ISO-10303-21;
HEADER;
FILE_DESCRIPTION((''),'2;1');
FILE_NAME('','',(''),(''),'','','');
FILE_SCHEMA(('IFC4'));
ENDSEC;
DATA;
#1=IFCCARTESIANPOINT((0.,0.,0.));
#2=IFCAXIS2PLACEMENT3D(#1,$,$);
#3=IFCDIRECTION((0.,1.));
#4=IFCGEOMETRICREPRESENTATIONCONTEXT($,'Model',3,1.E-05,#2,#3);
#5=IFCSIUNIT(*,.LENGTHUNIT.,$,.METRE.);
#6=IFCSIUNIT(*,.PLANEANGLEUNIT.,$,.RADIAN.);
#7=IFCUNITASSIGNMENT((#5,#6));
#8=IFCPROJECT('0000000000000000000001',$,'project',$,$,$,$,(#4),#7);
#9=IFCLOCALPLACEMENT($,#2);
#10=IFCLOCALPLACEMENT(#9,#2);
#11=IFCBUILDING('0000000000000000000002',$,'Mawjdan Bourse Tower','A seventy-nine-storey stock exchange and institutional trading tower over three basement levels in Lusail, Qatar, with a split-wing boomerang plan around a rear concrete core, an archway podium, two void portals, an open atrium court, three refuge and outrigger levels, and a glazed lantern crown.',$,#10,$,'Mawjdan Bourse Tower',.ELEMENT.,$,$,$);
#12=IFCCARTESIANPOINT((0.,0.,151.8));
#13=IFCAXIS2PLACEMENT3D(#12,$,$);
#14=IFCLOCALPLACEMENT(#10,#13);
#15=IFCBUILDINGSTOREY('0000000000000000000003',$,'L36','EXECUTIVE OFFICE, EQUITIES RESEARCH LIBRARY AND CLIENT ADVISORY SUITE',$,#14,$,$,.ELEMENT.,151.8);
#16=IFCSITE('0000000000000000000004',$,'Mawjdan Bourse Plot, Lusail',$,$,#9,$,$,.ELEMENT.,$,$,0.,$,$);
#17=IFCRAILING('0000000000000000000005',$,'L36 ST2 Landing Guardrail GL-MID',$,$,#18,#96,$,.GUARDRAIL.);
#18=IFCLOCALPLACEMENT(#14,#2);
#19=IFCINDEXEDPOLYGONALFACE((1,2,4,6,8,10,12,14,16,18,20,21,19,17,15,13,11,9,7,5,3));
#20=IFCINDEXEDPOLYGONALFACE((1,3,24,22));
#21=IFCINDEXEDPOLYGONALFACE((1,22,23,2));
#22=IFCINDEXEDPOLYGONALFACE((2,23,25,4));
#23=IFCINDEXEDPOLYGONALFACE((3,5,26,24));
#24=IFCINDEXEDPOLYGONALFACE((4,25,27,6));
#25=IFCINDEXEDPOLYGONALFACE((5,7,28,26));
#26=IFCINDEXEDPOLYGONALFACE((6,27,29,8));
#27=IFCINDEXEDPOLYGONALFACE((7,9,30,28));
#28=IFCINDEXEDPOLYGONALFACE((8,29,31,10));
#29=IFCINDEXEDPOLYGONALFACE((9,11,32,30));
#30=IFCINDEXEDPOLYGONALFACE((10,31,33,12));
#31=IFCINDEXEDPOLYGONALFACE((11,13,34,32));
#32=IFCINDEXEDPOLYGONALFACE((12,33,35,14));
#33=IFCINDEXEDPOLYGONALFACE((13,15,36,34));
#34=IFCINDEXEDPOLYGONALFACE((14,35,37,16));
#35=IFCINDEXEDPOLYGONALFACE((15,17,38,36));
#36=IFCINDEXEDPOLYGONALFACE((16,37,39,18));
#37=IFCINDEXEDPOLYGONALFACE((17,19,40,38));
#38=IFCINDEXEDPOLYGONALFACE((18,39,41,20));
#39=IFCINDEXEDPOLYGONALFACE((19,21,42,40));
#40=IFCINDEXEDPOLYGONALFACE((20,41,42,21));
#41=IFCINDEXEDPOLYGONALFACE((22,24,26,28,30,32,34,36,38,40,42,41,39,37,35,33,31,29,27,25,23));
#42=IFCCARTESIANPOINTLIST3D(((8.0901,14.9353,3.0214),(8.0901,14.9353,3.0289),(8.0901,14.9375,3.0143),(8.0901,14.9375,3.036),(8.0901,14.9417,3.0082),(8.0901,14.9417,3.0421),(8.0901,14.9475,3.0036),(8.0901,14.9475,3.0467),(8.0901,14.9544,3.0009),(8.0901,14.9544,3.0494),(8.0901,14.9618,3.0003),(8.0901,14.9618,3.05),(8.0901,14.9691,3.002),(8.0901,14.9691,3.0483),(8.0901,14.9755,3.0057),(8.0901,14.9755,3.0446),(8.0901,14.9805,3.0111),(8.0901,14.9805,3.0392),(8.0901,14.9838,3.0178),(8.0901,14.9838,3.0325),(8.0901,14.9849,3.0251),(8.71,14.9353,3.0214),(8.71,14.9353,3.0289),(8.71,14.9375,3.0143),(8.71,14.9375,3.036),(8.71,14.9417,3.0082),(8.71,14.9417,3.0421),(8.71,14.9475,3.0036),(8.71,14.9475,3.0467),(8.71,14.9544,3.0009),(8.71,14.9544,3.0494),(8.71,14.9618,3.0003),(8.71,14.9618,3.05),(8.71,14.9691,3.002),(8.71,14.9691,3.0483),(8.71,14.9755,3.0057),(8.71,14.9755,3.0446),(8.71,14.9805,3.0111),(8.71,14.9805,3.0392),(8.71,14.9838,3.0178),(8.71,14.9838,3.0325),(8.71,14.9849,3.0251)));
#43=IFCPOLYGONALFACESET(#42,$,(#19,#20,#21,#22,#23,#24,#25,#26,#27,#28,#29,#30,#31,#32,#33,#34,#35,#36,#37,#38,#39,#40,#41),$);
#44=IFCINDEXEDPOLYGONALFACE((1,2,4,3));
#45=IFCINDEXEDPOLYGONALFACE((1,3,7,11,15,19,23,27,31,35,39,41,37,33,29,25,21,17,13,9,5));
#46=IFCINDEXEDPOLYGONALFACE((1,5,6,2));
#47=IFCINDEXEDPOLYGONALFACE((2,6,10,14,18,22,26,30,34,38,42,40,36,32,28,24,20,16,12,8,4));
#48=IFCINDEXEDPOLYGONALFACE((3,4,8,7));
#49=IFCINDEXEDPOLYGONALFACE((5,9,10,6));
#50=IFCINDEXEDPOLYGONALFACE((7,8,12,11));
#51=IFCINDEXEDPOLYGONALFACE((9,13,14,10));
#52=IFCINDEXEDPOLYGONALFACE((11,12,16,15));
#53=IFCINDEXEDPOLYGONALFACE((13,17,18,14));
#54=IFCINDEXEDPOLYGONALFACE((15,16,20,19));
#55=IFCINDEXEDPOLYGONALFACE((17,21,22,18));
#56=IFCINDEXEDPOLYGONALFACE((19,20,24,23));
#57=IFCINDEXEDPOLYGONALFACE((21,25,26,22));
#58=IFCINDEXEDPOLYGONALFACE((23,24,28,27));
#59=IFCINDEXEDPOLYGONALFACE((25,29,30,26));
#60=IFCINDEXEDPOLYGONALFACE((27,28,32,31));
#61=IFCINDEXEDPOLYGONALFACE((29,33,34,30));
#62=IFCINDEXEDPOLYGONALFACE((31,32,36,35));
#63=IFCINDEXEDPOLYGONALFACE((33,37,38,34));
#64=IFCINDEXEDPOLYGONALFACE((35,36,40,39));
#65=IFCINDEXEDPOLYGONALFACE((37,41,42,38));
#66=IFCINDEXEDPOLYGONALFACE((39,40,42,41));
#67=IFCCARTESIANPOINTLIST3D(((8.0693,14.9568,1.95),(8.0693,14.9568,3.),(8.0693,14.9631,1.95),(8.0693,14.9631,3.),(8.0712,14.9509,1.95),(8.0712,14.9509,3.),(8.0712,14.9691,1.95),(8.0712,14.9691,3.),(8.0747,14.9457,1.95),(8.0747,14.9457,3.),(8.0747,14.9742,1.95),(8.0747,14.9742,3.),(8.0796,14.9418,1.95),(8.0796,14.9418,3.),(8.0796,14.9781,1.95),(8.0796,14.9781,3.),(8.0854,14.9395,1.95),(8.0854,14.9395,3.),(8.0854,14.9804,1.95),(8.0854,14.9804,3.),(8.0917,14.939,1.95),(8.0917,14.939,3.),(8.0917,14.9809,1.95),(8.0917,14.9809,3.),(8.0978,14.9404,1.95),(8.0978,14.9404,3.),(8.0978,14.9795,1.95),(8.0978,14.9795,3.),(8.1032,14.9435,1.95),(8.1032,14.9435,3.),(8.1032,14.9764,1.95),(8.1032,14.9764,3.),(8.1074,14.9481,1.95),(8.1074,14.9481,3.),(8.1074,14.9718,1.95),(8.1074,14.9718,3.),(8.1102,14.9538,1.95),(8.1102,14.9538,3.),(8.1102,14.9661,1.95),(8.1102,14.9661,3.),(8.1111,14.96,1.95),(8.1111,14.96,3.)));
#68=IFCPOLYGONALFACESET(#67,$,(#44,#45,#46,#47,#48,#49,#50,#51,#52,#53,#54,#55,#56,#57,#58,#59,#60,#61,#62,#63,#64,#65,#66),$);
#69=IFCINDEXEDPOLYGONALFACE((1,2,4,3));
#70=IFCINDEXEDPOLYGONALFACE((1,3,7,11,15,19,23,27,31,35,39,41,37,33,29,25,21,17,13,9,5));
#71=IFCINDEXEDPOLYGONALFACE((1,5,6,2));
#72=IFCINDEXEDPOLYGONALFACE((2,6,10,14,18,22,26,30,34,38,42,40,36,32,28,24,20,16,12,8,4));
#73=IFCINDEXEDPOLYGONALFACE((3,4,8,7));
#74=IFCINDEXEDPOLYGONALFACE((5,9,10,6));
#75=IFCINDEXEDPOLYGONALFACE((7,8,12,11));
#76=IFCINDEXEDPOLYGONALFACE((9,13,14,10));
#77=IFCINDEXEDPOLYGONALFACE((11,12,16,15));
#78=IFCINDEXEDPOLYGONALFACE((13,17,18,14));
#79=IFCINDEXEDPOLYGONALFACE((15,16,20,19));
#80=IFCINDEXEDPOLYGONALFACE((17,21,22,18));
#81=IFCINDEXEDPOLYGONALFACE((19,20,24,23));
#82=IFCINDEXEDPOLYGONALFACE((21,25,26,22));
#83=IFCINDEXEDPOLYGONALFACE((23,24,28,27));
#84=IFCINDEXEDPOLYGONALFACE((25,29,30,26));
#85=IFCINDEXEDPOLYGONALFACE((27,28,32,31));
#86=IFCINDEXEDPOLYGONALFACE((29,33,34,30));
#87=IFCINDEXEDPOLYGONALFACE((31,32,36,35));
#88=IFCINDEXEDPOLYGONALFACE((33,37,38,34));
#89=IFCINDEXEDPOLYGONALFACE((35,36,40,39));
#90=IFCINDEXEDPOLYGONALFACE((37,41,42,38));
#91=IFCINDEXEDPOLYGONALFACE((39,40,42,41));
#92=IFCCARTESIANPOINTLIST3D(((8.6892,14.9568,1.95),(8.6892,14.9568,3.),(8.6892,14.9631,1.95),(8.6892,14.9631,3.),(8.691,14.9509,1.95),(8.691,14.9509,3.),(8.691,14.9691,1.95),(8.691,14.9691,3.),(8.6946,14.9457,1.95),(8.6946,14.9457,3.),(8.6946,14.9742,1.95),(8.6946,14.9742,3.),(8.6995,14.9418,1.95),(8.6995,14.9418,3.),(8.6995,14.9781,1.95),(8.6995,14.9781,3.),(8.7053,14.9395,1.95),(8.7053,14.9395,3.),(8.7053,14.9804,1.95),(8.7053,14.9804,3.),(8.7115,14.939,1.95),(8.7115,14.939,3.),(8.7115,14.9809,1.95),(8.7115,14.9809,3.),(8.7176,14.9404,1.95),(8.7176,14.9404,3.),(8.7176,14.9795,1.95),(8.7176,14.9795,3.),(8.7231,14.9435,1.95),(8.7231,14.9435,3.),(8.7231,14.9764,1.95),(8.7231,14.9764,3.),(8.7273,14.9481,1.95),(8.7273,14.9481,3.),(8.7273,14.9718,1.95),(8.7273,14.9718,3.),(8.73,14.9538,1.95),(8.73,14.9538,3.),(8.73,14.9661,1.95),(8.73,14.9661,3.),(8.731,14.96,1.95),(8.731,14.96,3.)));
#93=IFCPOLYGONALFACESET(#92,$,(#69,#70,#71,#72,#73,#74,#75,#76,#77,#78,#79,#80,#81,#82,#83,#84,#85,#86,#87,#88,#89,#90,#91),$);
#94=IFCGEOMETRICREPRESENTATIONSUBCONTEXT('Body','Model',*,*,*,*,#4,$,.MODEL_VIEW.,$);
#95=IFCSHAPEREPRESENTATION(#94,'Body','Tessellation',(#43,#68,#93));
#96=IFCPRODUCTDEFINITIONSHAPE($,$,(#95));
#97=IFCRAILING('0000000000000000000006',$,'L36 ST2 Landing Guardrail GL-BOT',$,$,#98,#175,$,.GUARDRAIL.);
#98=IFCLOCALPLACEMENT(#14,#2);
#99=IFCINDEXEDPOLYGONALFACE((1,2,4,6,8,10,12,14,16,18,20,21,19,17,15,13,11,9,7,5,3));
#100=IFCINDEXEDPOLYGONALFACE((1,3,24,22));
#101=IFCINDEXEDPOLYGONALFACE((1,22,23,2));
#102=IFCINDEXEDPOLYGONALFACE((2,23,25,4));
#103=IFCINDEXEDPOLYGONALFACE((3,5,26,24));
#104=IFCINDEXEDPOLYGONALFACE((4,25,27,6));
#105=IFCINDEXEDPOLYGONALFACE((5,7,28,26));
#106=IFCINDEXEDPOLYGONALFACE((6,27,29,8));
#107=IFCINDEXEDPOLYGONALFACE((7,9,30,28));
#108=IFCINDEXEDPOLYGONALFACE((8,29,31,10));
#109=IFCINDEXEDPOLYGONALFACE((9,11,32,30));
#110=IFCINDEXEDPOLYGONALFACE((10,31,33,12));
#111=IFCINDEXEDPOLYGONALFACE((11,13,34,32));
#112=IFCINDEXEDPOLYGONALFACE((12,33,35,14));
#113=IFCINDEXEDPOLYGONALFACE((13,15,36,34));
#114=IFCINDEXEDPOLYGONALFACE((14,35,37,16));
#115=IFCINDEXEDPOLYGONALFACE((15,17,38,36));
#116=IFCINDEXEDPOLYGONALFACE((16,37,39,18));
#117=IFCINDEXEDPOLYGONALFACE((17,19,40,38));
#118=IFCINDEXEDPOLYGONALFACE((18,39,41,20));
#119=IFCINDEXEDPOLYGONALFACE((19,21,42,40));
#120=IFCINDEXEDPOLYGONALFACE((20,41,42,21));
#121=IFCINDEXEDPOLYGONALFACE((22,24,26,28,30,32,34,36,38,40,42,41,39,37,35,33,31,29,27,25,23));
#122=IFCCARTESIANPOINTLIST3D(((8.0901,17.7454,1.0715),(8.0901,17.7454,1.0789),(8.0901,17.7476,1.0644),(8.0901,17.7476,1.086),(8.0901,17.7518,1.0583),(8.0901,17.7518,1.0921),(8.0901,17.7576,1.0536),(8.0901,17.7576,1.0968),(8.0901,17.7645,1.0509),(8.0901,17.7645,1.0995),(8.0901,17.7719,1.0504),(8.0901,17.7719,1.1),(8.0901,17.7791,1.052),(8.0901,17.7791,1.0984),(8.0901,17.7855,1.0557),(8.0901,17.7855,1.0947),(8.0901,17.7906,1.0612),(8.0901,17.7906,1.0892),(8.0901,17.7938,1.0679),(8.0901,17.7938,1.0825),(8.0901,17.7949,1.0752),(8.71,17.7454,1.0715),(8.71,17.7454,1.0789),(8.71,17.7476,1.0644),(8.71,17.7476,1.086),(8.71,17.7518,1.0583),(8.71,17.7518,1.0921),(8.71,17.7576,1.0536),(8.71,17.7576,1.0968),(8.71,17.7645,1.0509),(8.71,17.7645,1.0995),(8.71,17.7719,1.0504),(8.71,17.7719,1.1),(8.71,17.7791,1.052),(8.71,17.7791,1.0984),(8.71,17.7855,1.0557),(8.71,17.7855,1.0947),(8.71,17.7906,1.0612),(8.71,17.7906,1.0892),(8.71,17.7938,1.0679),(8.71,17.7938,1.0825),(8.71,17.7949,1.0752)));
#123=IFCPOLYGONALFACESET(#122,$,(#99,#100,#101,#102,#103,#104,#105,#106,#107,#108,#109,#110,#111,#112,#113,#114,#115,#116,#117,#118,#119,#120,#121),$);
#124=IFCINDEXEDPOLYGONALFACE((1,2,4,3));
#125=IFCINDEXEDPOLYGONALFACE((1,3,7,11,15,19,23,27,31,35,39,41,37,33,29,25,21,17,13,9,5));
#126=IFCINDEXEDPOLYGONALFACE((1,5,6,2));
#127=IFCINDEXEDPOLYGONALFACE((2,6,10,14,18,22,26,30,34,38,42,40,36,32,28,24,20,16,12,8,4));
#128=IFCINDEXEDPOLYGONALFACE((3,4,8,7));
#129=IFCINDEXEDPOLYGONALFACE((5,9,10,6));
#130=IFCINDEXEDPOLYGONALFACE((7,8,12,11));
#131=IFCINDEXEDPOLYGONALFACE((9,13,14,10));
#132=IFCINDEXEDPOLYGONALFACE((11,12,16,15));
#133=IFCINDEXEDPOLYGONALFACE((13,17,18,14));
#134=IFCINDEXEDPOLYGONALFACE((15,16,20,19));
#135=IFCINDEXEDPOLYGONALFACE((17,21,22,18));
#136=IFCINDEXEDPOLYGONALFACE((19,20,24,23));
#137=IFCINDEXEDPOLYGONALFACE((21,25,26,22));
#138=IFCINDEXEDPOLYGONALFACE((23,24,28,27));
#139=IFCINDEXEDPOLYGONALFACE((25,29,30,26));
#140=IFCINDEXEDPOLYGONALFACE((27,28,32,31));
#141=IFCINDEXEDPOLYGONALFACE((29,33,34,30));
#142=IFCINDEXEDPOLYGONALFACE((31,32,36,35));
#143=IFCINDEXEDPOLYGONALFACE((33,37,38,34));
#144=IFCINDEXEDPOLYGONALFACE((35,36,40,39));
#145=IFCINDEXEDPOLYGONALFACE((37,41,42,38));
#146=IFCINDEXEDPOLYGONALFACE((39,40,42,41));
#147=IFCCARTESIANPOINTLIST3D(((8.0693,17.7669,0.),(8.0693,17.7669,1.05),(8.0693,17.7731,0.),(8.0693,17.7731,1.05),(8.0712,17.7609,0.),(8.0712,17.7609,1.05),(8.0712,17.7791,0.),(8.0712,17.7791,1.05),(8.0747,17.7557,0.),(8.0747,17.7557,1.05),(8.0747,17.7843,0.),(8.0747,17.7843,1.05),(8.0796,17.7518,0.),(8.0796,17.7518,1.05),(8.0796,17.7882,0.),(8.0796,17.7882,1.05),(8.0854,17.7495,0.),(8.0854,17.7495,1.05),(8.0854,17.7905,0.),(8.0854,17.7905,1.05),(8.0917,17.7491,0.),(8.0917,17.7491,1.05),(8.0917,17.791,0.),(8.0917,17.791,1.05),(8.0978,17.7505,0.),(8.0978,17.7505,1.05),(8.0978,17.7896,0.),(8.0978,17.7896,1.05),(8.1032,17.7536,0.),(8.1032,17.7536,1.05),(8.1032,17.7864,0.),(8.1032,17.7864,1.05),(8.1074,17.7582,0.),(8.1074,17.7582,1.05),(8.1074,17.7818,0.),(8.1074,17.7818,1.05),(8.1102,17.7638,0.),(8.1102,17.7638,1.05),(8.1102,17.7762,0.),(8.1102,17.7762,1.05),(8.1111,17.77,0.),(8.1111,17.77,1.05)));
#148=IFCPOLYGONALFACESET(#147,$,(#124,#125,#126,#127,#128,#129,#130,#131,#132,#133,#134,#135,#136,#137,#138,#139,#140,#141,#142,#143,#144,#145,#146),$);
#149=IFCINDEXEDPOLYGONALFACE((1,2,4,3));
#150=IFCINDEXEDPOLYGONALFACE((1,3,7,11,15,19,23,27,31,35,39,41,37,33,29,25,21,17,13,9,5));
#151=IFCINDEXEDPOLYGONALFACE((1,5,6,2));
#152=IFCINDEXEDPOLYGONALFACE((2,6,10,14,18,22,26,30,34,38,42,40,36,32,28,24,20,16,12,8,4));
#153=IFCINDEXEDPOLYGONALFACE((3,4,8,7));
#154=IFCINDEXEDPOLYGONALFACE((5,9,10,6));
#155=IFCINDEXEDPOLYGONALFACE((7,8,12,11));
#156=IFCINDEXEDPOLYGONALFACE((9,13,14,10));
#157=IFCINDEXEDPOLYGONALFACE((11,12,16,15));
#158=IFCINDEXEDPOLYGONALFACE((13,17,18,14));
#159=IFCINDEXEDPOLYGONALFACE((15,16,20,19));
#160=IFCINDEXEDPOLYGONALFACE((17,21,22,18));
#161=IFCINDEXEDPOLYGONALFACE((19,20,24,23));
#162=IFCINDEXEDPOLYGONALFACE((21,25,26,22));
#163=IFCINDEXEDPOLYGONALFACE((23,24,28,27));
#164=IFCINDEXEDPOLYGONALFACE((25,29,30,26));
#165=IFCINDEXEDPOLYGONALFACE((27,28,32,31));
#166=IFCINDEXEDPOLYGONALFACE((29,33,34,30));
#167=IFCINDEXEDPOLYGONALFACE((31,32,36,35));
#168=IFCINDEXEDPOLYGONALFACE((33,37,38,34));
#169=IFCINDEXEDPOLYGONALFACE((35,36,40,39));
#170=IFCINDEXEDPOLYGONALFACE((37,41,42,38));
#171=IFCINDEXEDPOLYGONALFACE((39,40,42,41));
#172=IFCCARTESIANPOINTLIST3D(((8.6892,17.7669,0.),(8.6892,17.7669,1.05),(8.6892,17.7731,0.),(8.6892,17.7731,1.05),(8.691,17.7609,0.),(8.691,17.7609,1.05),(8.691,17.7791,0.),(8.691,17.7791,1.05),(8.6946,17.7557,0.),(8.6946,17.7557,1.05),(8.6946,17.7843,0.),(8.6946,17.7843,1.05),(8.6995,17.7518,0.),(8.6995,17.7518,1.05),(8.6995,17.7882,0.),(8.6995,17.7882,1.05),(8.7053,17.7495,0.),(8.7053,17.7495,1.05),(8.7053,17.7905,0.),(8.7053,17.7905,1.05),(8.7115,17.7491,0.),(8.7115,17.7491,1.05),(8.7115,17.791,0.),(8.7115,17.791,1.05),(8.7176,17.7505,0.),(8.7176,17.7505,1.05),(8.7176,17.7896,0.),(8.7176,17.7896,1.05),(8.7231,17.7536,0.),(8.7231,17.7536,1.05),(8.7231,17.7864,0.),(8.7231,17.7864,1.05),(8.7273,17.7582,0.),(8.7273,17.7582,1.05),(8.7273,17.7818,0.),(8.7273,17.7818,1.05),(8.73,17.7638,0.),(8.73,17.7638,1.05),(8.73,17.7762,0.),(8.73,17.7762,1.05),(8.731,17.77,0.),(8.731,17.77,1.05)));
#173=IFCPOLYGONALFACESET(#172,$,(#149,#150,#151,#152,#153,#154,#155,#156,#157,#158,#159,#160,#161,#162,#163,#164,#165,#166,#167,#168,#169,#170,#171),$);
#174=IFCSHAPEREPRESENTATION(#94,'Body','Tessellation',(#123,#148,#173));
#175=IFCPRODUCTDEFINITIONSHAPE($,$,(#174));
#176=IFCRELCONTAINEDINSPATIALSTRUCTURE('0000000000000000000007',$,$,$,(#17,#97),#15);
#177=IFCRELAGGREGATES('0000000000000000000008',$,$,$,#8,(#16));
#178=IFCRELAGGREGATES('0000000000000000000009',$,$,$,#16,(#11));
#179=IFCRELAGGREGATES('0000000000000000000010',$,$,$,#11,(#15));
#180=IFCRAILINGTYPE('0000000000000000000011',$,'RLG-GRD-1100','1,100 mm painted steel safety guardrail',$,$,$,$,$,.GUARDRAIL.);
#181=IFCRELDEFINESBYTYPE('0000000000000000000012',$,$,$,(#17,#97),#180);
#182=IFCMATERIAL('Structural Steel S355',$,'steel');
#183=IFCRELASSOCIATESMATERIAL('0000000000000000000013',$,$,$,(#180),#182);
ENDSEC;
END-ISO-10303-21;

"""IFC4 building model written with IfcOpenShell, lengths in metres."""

from ifc_helpers import new_model, si_unit, direction, frame, origin, origin_2d, place, context, subcontext, project, spatial, circle, extrude, material, type_object, element, save


model = new_model("IFC4")

# Units and contexts
model_context = context("Model", 3, precision=1e-05, world=origin(), true_north=direction((0.0, 1.0)))
body_context = subcontext(model_context, "Body", "Model", "MODEL_VIEW")
ifc_project = project(units=[si_unit("LENGTHUNIT", "METRE"), si_unit("PLANEANGLEUNIT", "RADIAN")], contexts=[model_context])

# Site, building, storey
site_placement = place(None, origin())
site = spatial("IfcSite", under=ifc_project, at=site_placement, Name="Mawjdan Bourse Plot, Lusail", CompositionType="ELEMENT", RefElevation=0.0)
building_placement = place(site_placement, origin())
building = spatial("IfcBuilding", under=site, at=building_placement, Name="Mawjdan Bourse Tower", Description="A seventy-nine-storey stock exchange and institutional trading tower over three basement levels in Lusail, Qatar, with a split-wing boomerang plan around a rear concrete core, an archway podium, two void portals, an open atrium court, three refuge and outrigger levels, and a glazed lantern crown.", LongName="Mawjdan Bourse Tower", CompositionType="ELEMENT")
storey_placement = place(building_placement, frame((0.0, 0.0, 151.8)))
storey = spatial("IfcBuildingStorey", under=building, at=storey_placement, Name="L36", Description="EXECUTIVE OFFICE, EQUITIES RESEARCH LIBRARY AND CLIENT ADVISORY SUITE", CompositionType="ELEMENT", Elevation=151.8)

# Shared definitions
ifc_material_1 = material(Name="Structural Steel S355", Category="steel")

# Railings
railing_type_1 = type_object("IfcRailingType", Name="RLG-GRD-1100", Description="1,100 mm painted steel safety guardrail", PredefinedType="GUARDRAIL", material=ifc_material_1)
for number, where, name in (
    (1, (8.0901, 14.96, 1.95), "L36 ST2 Landing Guardrail GL-MID"),
    (2, (8.0901, 17.77, 0.0), "L36 ST2 Landing Guardrail GL-BOT"),
):
    element("IfcRailing", number, at=place(storey_placement, frame(where)), inside=storey, type_object=railing_type_1, Name=name, PredefinedType="GUARDRAIL", context=body_context, shape_type="SweptSolid", body=[
        extrude(circle(Radius=0.0249, at=origin_2d()), frame((0.0, 0.0, 1.0752), z_axis=(1.0, 0.0, 0.0), x_axis=(0.0, 1.0, 0.0)), (0.0, 0.0, 1.0), 0.6199),
        extrude(circle(Radius=0.021, at=origin_2d()), origin(), (0.0, 0.0, 1.0), 1.05),
        extrude(circle(Radius=0.021, at=origin_2d()), frame((0.6199, 0.0, 0.0)), (0.0, 0.0, 1.0), 1.05),
    ])

save(model, "model.ifc")
